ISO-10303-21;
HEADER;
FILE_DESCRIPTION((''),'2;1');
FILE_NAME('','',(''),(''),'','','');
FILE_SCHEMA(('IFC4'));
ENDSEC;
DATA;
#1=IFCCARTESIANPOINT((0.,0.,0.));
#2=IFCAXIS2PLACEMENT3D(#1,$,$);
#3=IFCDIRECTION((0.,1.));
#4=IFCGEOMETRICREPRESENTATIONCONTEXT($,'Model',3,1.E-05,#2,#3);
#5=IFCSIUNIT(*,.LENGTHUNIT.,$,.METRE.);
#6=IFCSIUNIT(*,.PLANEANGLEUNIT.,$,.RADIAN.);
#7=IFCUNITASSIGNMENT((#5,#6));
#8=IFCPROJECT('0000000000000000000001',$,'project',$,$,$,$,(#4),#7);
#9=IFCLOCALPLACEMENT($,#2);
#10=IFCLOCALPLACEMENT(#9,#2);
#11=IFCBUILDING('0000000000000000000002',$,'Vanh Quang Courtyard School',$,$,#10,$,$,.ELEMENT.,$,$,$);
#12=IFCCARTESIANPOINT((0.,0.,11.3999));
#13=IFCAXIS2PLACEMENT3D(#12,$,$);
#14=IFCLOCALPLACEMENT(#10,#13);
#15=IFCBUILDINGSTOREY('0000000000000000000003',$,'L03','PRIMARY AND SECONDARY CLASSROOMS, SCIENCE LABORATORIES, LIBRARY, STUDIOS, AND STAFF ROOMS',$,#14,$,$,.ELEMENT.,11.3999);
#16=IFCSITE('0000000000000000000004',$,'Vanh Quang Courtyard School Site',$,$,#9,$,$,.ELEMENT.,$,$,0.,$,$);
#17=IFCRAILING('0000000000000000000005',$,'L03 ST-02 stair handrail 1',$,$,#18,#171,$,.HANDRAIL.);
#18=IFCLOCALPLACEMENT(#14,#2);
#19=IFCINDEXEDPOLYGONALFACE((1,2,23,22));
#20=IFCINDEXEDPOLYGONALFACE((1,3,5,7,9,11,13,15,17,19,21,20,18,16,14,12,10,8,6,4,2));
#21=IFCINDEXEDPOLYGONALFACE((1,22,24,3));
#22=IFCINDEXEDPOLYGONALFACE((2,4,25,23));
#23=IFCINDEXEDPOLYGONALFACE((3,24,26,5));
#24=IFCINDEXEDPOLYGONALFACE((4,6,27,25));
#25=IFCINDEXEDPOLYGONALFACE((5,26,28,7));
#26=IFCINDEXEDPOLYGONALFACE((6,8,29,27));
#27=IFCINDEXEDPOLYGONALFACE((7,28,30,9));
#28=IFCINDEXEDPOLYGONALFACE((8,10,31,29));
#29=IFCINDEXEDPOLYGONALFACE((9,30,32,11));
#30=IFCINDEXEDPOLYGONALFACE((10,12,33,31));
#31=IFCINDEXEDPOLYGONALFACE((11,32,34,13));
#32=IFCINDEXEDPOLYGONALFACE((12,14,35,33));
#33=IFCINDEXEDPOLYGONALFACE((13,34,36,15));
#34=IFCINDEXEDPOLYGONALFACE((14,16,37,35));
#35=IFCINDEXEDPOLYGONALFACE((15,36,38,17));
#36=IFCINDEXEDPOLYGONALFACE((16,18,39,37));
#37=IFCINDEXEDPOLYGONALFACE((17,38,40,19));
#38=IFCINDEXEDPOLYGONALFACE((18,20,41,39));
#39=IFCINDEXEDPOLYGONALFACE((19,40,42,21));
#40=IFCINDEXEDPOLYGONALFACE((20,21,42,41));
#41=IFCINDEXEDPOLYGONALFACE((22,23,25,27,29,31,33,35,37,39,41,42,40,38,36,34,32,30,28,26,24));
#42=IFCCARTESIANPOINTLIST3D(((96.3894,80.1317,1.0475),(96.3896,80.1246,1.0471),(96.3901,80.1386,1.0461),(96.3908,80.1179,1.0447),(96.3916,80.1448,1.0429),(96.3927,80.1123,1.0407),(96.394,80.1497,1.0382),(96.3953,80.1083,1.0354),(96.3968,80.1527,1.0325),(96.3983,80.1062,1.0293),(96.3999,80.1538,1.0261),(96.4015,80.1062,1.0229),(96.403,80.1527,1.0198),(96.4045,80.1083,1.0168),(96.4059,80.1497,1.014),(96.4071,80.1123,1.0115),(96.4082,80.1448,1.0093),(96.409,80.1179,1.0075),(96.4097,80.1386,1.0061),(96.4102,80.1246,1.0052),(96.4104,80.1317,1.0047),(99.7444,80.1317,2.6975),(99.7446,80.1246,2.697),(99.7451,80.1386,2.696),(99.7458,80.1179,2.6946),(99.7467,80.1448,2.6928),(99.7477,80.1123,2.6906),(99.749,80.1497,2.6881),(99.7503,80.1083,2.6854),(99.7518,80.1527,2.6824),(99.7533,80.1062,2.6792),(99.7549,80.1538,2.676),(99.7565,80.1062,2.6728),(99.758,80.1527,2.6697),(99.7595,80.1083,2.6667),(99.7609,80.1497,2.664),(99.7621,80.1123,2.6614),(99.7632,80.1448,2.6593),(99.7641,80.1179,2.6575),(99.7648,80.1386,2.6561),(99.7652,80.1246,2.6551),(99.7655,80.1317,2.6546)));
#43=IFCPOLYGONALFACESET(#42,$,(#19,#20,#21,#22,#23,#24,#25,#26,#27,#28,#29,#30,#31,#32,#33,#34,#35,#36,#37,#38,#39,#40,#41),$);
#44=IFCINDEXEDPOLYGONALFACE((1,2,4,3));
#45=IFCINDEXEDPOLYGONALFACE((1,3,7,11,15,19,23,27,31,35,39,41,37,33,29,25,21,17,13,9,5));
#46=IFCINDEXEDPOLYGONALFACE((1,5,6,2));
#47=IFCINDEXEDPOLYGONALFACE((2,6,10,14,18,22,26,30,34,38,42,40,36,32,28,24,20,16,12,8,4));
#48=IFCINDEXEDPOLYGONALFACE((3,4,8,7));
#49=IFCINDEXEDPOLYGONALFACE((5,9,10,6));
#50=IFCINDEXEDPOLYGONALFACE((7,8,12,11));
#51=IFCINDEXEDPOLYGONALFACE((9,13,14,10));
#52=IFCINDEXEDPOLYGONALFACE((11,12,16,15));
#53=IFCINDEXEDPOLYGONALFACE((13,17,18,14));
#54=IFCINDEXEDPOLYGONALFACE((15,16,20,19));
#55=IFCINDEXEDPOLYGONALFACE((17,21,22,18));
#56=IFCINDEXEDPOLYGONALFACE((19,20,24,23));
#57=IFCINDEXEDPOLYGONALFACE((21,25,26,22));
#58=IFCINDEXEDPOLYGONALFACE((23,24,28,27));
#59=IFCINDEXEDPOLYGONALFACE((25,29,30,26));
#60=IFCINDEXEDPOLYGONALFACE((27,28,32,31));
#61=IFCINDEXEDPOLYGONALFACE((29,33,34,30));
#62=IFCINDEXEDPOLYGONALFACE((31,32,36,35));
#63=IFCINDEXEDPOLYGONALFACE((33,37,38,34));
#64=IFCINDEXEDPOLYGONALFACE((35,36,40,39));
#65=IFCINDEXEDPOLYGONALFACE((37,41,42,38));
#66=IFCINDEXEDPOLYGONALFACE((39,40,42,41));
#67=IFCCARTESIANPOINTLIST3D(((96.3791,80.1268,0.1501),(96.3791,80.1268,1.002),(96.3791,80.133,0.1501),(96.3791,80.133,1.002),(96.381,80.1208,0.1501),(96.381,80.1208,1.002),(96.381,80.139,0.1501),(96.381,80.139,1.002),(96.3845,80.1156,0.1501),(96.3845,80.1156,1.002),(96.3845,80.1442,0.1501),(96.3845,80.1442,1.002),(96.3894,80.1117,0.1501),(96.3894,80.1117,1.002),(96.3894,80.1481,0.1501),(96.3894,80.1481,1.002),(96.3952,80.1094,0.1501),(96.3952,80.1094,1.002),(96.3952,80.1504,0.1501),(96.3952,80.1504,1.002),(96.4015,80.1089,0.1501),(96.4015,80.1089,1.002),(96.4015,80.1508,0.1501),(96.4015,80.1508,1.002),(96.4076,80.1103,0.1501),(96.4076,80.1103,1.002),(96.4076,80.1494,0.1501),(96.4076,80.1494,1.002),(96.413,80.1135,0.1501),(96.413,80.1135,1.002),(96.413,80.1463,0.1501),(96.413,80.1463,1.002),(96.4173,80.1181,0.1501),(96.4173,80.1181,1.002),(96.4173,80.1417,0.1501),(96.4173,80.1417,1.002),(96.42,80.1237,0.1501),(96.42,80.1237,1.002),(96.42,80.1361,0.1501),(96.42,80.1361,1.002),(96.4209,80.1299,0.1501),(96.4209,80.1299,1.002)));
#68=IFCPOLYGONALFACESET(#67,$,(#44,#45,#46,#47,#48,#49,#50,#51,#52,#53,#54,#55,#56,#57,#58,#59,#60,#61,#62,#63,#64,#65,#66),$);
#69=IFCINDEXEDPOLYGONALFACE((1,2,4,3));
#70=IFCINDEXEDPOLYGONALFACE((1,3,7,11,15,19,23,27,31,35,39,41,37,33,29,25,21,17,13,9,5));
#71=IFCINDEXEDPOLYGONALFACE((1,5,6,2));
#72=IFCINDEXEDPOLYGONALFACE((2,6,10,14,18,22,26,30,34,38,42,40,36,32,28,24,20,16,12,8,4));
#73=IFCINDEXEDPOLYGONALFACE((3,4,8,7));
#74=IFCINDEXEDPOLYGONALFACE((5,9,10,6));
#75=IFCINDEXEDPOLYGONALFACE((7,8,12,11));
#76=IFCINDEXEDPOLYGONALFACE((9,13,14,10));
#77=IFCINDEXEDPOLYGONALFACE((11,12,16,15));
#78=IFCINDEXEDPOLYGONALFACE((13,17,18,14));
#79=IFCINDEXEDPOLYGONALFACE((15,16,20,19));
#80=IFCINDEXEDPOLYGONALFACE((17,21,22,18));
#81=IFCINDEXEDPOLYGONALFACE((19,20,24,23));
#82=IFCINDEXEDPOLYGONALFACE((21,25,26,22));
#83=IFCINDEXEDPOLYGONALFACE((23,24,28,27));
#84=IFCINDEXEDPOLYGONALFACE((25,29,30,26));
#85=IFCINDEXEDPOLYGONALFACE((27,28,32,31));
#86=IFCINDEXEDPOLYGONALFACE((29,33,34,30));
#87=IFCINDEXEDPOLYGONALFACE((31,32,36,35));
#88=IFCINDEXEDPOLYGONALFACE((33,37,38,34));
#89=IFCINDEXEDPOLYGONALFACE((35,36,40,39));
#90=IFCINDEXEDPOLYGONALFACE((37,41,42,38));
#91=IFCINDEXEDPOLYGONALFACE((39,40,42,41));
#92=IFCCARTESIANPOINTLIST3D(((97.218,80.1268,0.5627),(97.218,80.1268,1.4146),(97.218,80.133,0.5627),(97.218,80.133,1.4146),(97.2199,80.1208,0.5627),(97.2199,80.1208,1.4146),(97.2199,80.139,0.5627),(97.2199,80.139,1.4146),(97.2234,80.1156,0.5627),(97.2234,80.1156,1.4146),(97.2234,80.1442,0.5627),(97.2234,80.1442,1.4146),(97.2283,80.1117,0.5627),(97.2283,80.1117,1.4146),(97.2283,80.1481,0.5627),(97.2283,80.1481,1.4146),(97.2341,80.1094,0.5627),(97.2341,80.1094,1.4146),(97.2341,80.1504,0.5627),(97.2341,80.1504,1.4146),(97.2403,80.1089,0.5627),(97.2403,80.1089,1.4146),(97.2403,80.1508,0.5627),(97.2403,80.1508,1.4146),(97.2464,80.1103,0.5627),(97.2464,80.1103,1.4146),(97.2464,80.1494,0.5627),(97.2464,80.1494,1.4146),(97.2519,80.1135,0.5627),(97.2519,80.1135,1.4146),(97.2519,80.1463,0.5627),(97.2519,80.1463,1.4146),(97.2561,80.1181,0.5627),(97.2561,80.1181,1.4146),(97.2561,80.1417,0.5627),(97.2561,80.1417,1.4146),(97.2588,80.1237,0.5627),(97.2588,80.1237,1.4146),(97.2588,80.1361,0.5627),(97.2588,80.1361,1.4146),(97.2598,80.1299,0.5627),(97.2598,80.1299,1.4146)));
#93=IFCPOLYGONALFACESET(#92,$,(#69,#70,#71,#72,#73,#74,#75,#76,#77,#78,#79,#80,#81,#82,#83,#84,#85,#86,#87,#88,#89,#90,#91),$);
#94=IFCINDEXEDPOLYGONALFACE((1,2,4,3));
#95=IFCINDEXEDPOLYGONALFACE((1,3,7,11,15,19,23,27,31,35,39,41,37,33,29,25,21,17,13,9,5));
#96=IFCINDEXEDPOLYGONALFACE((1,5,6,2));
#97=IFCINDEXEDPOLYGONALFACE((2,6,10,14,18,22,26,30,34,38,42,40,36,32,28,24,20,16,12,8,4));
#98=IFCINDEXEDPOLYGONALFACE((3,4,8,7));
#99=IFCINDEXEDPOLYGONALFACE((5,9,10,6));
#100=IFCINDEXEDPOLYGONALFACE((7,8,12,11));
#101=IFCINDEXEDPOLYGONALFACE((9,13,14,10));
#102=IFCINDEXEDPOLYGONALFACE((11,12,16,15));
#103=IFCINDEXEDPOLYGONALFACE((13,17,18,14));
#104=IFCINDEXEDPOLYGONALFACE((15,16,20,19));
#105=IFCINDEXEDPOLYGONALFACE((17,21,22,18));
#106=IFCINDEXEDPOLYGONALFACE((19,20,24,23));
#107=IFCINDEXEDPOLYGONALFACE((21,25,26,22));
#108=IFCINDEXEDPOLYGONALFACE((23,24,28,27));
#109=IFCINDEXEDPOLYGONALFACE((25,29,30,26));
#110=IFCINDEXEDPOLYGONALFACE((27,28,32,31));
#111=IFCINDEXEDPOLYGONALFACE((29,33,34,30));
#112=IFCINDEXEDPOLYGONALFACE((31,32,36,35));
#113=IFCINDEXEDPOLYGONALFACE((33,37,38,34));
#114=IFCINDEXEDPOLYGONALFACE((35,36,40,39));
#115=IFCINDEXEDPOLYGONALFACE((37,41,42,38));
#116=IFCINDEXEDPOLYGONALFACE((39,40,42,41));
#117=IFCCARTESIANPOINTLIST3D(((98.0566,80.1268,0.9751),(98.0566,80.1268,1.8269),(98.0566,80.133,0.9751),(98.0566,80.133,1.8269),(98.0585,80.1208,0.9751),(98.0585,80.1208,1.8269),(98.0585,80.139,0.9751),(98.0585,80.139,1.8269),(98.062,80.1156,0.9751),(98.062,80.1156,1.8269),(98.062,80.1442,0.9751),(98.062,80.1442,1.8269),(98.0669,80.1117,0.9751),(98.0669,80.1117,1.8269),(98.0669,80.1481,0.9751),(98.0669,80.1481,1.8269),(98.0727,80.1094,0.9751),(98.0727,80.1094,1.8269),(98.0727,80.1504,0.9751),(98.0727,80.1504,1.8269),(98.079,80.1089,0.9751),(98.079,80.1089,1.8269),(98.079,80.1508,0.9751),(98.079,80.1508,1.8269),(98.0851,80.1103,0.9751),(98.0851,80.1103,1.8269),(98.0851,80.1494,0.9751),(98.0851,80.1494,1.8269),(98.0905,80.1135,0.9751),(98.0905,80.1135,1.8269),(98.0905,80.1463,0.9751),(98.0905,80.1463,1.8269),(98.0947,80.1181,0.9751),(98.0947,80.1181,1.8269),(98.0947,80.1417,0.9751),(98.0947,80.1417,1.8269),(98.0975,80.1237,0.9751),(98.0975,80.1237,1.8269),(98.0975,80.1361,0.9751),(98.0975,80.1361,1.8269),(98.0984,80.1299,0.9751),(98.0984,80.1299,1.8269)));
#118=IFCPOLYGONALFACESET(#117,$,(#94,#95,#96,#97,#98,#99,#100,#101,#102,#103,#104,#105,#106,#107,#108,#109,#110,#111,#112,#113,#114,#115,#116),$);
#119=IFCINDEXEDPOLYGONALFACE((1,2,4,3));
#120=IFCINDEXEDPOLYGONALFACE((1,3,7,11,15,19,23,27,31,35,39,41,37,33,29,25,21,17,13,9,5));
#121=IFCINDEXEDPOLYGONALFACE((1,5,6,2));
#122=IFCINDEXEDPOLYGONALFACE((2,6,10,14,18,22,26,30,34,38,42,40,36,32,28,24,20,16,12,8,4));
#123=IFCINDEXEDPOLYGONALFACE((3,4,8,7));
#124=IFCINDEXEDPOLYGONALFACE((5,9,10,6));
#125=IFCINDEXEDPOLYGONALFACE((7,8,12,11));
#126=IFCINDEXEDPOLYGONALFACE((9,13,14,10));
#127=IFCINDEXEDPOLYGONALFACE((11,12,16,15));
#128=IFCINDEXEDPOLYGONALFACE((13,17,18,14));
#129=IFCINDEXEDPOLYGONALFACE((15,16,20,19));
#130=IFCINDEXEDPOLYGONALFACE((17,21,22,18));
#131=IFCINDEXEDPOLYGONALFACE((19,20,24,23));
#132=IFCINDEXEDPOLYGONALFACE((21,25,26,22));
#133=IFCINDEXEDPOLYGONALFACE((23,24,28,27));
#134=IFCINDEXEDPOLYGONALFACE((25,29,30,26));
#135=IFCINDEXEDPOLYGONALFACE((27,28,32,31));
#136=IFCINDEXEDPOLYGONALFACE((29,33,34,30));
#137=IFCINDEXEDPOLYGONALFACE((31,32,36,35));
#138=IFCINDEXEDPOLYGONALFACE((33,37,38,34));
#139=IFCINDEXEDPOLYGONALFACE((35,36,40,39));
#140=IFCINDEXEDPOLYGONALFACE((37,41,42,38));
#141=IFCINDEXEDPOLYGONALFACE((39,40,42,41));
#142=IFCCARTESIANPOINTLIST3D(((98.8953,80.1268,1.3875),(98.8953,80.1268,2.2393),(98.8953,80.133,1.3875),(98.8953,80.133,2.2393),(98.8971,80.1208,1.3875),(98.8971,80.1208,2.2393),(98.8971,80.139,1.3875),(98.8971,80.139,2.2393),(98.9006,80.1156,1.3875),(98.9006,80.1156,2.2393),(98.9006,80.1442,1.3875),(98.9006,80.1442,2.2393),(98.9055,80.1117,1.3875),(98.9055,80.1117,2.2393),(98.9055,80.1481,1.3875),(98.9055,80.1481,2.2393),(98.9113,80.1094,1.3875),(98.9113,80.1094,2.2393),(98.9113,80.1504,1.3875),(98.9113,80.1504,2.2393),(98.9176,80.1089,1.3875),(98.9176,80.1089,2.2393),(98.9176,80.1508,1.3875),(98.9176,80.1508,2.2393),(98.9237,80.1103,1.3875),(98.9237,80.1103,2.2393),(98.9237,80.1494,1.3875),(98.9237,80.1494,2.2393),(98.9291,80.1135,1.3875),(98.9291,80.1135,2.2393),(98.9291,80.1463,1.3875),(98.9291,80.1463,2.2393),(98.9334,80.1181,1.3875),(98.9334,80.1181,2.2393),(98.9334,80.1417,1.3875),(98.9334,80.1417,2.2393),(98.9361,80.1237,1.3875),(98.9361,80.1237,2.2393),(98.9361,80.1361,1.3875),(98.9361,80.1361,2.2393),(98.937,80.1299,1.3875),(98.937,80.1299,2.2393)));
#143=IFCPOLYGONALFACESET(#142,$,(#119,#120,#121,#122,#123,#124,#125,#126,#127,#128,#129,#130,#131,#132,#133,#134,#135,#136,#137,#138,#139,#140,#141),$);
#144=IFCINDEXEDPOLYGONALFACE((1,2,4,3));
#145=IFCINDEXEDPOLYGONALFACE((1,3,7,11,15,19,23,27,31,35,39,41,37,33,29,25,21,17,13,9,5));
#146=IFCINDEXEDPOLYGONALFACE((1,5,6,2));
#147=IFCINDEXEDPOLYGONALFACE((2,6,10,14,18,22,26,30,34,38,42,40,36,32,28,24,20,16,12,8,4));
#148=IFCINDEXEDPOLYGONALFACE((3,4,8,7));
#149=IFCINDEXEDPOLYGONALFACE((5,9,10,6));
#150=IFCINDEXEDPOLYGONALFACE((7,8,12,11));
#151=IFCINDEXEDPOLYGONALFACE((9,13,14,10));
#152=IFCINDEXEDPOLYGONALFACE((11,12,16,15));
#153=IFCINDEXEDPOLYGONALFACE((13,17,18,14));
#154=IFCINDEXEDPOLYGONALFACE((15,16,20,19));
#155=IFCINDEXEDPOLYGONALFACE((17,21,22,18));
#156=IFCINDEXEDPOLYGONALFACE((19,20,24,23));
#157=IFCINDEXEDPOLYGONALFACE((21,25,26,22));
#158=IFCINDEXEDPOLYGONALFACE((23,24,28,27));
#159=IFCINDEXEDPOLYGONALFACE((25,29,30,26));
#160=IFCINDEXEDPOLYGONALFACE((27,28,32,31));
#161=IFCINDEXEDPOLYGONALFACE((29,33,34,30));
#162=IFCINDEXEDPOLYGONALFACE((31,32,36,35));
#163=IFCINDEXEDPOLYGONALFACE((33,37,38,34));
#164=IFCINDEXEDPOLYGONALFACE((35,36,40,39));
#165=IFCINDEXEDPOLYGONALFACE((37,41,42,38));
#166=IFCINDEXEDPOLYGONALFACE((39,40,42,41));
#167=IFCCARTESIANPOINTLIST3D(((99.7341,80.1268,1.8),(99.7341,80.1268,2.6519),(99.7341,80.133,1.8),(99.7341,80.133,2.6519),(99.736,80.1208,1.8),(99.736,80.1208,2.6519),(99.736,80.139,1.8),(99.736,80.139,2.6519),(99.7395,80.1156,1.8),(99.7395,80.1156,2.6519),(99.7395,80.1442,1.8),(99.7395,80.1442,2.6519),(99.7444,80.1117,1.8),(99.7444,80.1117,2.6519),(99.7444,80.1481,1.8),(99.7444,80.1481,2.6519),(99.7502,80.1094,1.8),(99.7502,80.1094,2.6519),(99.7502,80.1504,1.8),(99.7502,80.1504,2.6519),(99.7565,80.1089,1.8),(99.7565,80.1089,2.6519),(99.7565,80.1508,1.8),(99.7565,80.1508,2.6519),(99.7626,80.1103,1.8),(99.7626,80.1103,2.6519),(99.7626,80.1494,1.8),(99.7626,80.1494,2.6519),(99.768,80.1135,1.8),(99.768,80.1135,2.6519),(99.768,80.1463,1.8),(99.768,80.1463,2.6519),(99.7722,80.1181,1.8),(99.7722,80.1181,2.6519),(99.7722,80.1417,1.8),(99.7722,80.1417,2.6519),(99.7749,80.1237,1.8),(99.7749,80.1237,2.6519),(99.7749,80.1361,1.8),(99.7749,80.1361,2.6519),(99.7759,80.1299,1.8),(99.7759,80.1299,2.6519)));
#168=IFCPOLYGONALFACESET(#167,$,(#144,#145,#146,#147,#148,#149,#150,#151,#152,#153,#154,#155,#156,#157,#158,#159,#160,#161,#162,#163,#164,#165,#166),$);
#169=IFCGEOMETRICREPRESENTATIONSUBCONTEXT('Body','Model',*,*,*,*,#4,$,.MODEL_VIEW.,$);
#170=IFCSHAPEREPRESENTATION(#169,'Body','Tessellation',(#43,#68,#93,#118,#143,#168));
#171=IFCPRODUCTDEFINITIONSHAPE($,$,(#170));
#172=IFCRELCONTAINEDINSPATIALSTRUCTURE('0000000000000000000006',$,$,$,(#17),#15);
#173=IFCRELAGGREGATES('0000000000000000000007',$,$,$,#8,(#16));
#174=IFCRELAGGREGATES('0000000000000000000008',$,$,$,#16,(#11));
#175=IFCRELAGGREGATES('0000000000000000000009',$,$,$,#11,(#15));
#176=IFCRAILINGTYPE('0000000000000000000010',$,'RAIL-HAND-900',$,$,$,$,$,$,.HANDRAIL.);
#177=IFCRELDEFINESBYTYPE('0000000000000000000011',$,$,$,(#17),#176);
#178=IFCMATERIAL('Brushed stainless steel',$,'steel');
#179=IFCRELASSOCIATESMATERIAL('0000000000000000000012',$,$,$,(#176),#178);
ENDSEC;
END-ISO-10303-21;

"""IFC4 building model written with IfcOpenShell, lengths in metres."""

from ifc_helpers import new_model, si_unit, direction, frame, origin, origin_2d, place, context, subcontext, project, spatial, circle, extrude, material, type_object, element, save


model = new_model("IFC4")

# Units and contexts
model_context = context("Model", 3, precision=1e-05, world=origin(), true_north=direction((0.0, 1.0)))
body_context = subcontext(model_context, "Body", "Model", "MODEL_VIEW")
ifc_project = project(units=[si_unit("LENGTHUNIT", "METRE"), si_unit("PLANEANGLEUNIT", "RADIAN")], contexts=[model_context])

# Site, building, storey
site_placement = place(None, origin())
site = spatial("IfcSite", under=ifc_project, at=site_placement, Name="Vanh Quang Courtyard School Site", CompositionType="ELEMENT", RefElevation=0.0)
building_placement = place(site_placement, origin())
building = spatial("IfcBuilding", under=site, at=building_placement, Name="Vanh Quang Courtyard School", CompositionType="ELEMENT")
storey_placement = place(building_placement, frame((0.0, 0.0, 11.3999)))
storey = spatial("IfcBuildingStorey", under=building, at=storey_placement, Name="L03", Description="PRIMARY AND SECONDARY CLASSROOMS, SCIENCE LABORATORIES, LIBRARY, STUDIOS, AND STAFF ROOMS", CompositionType="ELEMENT", Elevation=11.3999)

# Railing
ifc_material_1 = material(Name="Brushed stainless steel", Category="steel")
railing_type_1 = type_object("IfcRailingType", Name="RAIL-HAND-900", PredefinedType="HANDRAIL", material=ifc_material_1)
railing_1_placement = place(storey_placement, frame((96.3999, 80.1299, 0.1501)))
element("IfcRailing", 1, at=railing_1_placement, inside=storey, type_object=railing_type_1, Name="L03 ST-02 stair handrail 1", PredefinedType="HANDRAIL", context=body_context, shape_type="SweptSolid", body=[
    extrude(circle(Radius=0.0239, at=origin_2d()), frame((0.0, 0.0, 0.876), z_axis=(0.897359, 0.0, 0.441301), x_axis=(0.0, 1.0, 0.0)), (0.0, 0.0, 1.0), 3.7388),
    extrude(circle(Radius=0.021, at=origin_2d()), origin(), (0.0, 0.0, 1.0), 0.8518),
    extrude(circle(Radius=0.021, at=origin_2d()), frame((0.8389, 0.0, 0.4126)), (0.0, 0.0, 1.0), 0.8518),
    extrude(circle(Radius=0.021, at=origin_2d()), frame((1.6775, 0.0, 0.825)), (0.0, 0.0, 1.0), 0.8518),
    extrude(circle(Radius=0.021, at=origin_2d()), frame((2.5161, 0.0, 1.2373)), (0.0, 0.0, 1.0), 0.8518),
    extrude(circle(Radius=0.021, at=origin_2d()), frame((3.355, 0.0, 1.6499)), (0.0, 0.0, 1.0), 0.8518),
])

save(model, "model.ifc")
